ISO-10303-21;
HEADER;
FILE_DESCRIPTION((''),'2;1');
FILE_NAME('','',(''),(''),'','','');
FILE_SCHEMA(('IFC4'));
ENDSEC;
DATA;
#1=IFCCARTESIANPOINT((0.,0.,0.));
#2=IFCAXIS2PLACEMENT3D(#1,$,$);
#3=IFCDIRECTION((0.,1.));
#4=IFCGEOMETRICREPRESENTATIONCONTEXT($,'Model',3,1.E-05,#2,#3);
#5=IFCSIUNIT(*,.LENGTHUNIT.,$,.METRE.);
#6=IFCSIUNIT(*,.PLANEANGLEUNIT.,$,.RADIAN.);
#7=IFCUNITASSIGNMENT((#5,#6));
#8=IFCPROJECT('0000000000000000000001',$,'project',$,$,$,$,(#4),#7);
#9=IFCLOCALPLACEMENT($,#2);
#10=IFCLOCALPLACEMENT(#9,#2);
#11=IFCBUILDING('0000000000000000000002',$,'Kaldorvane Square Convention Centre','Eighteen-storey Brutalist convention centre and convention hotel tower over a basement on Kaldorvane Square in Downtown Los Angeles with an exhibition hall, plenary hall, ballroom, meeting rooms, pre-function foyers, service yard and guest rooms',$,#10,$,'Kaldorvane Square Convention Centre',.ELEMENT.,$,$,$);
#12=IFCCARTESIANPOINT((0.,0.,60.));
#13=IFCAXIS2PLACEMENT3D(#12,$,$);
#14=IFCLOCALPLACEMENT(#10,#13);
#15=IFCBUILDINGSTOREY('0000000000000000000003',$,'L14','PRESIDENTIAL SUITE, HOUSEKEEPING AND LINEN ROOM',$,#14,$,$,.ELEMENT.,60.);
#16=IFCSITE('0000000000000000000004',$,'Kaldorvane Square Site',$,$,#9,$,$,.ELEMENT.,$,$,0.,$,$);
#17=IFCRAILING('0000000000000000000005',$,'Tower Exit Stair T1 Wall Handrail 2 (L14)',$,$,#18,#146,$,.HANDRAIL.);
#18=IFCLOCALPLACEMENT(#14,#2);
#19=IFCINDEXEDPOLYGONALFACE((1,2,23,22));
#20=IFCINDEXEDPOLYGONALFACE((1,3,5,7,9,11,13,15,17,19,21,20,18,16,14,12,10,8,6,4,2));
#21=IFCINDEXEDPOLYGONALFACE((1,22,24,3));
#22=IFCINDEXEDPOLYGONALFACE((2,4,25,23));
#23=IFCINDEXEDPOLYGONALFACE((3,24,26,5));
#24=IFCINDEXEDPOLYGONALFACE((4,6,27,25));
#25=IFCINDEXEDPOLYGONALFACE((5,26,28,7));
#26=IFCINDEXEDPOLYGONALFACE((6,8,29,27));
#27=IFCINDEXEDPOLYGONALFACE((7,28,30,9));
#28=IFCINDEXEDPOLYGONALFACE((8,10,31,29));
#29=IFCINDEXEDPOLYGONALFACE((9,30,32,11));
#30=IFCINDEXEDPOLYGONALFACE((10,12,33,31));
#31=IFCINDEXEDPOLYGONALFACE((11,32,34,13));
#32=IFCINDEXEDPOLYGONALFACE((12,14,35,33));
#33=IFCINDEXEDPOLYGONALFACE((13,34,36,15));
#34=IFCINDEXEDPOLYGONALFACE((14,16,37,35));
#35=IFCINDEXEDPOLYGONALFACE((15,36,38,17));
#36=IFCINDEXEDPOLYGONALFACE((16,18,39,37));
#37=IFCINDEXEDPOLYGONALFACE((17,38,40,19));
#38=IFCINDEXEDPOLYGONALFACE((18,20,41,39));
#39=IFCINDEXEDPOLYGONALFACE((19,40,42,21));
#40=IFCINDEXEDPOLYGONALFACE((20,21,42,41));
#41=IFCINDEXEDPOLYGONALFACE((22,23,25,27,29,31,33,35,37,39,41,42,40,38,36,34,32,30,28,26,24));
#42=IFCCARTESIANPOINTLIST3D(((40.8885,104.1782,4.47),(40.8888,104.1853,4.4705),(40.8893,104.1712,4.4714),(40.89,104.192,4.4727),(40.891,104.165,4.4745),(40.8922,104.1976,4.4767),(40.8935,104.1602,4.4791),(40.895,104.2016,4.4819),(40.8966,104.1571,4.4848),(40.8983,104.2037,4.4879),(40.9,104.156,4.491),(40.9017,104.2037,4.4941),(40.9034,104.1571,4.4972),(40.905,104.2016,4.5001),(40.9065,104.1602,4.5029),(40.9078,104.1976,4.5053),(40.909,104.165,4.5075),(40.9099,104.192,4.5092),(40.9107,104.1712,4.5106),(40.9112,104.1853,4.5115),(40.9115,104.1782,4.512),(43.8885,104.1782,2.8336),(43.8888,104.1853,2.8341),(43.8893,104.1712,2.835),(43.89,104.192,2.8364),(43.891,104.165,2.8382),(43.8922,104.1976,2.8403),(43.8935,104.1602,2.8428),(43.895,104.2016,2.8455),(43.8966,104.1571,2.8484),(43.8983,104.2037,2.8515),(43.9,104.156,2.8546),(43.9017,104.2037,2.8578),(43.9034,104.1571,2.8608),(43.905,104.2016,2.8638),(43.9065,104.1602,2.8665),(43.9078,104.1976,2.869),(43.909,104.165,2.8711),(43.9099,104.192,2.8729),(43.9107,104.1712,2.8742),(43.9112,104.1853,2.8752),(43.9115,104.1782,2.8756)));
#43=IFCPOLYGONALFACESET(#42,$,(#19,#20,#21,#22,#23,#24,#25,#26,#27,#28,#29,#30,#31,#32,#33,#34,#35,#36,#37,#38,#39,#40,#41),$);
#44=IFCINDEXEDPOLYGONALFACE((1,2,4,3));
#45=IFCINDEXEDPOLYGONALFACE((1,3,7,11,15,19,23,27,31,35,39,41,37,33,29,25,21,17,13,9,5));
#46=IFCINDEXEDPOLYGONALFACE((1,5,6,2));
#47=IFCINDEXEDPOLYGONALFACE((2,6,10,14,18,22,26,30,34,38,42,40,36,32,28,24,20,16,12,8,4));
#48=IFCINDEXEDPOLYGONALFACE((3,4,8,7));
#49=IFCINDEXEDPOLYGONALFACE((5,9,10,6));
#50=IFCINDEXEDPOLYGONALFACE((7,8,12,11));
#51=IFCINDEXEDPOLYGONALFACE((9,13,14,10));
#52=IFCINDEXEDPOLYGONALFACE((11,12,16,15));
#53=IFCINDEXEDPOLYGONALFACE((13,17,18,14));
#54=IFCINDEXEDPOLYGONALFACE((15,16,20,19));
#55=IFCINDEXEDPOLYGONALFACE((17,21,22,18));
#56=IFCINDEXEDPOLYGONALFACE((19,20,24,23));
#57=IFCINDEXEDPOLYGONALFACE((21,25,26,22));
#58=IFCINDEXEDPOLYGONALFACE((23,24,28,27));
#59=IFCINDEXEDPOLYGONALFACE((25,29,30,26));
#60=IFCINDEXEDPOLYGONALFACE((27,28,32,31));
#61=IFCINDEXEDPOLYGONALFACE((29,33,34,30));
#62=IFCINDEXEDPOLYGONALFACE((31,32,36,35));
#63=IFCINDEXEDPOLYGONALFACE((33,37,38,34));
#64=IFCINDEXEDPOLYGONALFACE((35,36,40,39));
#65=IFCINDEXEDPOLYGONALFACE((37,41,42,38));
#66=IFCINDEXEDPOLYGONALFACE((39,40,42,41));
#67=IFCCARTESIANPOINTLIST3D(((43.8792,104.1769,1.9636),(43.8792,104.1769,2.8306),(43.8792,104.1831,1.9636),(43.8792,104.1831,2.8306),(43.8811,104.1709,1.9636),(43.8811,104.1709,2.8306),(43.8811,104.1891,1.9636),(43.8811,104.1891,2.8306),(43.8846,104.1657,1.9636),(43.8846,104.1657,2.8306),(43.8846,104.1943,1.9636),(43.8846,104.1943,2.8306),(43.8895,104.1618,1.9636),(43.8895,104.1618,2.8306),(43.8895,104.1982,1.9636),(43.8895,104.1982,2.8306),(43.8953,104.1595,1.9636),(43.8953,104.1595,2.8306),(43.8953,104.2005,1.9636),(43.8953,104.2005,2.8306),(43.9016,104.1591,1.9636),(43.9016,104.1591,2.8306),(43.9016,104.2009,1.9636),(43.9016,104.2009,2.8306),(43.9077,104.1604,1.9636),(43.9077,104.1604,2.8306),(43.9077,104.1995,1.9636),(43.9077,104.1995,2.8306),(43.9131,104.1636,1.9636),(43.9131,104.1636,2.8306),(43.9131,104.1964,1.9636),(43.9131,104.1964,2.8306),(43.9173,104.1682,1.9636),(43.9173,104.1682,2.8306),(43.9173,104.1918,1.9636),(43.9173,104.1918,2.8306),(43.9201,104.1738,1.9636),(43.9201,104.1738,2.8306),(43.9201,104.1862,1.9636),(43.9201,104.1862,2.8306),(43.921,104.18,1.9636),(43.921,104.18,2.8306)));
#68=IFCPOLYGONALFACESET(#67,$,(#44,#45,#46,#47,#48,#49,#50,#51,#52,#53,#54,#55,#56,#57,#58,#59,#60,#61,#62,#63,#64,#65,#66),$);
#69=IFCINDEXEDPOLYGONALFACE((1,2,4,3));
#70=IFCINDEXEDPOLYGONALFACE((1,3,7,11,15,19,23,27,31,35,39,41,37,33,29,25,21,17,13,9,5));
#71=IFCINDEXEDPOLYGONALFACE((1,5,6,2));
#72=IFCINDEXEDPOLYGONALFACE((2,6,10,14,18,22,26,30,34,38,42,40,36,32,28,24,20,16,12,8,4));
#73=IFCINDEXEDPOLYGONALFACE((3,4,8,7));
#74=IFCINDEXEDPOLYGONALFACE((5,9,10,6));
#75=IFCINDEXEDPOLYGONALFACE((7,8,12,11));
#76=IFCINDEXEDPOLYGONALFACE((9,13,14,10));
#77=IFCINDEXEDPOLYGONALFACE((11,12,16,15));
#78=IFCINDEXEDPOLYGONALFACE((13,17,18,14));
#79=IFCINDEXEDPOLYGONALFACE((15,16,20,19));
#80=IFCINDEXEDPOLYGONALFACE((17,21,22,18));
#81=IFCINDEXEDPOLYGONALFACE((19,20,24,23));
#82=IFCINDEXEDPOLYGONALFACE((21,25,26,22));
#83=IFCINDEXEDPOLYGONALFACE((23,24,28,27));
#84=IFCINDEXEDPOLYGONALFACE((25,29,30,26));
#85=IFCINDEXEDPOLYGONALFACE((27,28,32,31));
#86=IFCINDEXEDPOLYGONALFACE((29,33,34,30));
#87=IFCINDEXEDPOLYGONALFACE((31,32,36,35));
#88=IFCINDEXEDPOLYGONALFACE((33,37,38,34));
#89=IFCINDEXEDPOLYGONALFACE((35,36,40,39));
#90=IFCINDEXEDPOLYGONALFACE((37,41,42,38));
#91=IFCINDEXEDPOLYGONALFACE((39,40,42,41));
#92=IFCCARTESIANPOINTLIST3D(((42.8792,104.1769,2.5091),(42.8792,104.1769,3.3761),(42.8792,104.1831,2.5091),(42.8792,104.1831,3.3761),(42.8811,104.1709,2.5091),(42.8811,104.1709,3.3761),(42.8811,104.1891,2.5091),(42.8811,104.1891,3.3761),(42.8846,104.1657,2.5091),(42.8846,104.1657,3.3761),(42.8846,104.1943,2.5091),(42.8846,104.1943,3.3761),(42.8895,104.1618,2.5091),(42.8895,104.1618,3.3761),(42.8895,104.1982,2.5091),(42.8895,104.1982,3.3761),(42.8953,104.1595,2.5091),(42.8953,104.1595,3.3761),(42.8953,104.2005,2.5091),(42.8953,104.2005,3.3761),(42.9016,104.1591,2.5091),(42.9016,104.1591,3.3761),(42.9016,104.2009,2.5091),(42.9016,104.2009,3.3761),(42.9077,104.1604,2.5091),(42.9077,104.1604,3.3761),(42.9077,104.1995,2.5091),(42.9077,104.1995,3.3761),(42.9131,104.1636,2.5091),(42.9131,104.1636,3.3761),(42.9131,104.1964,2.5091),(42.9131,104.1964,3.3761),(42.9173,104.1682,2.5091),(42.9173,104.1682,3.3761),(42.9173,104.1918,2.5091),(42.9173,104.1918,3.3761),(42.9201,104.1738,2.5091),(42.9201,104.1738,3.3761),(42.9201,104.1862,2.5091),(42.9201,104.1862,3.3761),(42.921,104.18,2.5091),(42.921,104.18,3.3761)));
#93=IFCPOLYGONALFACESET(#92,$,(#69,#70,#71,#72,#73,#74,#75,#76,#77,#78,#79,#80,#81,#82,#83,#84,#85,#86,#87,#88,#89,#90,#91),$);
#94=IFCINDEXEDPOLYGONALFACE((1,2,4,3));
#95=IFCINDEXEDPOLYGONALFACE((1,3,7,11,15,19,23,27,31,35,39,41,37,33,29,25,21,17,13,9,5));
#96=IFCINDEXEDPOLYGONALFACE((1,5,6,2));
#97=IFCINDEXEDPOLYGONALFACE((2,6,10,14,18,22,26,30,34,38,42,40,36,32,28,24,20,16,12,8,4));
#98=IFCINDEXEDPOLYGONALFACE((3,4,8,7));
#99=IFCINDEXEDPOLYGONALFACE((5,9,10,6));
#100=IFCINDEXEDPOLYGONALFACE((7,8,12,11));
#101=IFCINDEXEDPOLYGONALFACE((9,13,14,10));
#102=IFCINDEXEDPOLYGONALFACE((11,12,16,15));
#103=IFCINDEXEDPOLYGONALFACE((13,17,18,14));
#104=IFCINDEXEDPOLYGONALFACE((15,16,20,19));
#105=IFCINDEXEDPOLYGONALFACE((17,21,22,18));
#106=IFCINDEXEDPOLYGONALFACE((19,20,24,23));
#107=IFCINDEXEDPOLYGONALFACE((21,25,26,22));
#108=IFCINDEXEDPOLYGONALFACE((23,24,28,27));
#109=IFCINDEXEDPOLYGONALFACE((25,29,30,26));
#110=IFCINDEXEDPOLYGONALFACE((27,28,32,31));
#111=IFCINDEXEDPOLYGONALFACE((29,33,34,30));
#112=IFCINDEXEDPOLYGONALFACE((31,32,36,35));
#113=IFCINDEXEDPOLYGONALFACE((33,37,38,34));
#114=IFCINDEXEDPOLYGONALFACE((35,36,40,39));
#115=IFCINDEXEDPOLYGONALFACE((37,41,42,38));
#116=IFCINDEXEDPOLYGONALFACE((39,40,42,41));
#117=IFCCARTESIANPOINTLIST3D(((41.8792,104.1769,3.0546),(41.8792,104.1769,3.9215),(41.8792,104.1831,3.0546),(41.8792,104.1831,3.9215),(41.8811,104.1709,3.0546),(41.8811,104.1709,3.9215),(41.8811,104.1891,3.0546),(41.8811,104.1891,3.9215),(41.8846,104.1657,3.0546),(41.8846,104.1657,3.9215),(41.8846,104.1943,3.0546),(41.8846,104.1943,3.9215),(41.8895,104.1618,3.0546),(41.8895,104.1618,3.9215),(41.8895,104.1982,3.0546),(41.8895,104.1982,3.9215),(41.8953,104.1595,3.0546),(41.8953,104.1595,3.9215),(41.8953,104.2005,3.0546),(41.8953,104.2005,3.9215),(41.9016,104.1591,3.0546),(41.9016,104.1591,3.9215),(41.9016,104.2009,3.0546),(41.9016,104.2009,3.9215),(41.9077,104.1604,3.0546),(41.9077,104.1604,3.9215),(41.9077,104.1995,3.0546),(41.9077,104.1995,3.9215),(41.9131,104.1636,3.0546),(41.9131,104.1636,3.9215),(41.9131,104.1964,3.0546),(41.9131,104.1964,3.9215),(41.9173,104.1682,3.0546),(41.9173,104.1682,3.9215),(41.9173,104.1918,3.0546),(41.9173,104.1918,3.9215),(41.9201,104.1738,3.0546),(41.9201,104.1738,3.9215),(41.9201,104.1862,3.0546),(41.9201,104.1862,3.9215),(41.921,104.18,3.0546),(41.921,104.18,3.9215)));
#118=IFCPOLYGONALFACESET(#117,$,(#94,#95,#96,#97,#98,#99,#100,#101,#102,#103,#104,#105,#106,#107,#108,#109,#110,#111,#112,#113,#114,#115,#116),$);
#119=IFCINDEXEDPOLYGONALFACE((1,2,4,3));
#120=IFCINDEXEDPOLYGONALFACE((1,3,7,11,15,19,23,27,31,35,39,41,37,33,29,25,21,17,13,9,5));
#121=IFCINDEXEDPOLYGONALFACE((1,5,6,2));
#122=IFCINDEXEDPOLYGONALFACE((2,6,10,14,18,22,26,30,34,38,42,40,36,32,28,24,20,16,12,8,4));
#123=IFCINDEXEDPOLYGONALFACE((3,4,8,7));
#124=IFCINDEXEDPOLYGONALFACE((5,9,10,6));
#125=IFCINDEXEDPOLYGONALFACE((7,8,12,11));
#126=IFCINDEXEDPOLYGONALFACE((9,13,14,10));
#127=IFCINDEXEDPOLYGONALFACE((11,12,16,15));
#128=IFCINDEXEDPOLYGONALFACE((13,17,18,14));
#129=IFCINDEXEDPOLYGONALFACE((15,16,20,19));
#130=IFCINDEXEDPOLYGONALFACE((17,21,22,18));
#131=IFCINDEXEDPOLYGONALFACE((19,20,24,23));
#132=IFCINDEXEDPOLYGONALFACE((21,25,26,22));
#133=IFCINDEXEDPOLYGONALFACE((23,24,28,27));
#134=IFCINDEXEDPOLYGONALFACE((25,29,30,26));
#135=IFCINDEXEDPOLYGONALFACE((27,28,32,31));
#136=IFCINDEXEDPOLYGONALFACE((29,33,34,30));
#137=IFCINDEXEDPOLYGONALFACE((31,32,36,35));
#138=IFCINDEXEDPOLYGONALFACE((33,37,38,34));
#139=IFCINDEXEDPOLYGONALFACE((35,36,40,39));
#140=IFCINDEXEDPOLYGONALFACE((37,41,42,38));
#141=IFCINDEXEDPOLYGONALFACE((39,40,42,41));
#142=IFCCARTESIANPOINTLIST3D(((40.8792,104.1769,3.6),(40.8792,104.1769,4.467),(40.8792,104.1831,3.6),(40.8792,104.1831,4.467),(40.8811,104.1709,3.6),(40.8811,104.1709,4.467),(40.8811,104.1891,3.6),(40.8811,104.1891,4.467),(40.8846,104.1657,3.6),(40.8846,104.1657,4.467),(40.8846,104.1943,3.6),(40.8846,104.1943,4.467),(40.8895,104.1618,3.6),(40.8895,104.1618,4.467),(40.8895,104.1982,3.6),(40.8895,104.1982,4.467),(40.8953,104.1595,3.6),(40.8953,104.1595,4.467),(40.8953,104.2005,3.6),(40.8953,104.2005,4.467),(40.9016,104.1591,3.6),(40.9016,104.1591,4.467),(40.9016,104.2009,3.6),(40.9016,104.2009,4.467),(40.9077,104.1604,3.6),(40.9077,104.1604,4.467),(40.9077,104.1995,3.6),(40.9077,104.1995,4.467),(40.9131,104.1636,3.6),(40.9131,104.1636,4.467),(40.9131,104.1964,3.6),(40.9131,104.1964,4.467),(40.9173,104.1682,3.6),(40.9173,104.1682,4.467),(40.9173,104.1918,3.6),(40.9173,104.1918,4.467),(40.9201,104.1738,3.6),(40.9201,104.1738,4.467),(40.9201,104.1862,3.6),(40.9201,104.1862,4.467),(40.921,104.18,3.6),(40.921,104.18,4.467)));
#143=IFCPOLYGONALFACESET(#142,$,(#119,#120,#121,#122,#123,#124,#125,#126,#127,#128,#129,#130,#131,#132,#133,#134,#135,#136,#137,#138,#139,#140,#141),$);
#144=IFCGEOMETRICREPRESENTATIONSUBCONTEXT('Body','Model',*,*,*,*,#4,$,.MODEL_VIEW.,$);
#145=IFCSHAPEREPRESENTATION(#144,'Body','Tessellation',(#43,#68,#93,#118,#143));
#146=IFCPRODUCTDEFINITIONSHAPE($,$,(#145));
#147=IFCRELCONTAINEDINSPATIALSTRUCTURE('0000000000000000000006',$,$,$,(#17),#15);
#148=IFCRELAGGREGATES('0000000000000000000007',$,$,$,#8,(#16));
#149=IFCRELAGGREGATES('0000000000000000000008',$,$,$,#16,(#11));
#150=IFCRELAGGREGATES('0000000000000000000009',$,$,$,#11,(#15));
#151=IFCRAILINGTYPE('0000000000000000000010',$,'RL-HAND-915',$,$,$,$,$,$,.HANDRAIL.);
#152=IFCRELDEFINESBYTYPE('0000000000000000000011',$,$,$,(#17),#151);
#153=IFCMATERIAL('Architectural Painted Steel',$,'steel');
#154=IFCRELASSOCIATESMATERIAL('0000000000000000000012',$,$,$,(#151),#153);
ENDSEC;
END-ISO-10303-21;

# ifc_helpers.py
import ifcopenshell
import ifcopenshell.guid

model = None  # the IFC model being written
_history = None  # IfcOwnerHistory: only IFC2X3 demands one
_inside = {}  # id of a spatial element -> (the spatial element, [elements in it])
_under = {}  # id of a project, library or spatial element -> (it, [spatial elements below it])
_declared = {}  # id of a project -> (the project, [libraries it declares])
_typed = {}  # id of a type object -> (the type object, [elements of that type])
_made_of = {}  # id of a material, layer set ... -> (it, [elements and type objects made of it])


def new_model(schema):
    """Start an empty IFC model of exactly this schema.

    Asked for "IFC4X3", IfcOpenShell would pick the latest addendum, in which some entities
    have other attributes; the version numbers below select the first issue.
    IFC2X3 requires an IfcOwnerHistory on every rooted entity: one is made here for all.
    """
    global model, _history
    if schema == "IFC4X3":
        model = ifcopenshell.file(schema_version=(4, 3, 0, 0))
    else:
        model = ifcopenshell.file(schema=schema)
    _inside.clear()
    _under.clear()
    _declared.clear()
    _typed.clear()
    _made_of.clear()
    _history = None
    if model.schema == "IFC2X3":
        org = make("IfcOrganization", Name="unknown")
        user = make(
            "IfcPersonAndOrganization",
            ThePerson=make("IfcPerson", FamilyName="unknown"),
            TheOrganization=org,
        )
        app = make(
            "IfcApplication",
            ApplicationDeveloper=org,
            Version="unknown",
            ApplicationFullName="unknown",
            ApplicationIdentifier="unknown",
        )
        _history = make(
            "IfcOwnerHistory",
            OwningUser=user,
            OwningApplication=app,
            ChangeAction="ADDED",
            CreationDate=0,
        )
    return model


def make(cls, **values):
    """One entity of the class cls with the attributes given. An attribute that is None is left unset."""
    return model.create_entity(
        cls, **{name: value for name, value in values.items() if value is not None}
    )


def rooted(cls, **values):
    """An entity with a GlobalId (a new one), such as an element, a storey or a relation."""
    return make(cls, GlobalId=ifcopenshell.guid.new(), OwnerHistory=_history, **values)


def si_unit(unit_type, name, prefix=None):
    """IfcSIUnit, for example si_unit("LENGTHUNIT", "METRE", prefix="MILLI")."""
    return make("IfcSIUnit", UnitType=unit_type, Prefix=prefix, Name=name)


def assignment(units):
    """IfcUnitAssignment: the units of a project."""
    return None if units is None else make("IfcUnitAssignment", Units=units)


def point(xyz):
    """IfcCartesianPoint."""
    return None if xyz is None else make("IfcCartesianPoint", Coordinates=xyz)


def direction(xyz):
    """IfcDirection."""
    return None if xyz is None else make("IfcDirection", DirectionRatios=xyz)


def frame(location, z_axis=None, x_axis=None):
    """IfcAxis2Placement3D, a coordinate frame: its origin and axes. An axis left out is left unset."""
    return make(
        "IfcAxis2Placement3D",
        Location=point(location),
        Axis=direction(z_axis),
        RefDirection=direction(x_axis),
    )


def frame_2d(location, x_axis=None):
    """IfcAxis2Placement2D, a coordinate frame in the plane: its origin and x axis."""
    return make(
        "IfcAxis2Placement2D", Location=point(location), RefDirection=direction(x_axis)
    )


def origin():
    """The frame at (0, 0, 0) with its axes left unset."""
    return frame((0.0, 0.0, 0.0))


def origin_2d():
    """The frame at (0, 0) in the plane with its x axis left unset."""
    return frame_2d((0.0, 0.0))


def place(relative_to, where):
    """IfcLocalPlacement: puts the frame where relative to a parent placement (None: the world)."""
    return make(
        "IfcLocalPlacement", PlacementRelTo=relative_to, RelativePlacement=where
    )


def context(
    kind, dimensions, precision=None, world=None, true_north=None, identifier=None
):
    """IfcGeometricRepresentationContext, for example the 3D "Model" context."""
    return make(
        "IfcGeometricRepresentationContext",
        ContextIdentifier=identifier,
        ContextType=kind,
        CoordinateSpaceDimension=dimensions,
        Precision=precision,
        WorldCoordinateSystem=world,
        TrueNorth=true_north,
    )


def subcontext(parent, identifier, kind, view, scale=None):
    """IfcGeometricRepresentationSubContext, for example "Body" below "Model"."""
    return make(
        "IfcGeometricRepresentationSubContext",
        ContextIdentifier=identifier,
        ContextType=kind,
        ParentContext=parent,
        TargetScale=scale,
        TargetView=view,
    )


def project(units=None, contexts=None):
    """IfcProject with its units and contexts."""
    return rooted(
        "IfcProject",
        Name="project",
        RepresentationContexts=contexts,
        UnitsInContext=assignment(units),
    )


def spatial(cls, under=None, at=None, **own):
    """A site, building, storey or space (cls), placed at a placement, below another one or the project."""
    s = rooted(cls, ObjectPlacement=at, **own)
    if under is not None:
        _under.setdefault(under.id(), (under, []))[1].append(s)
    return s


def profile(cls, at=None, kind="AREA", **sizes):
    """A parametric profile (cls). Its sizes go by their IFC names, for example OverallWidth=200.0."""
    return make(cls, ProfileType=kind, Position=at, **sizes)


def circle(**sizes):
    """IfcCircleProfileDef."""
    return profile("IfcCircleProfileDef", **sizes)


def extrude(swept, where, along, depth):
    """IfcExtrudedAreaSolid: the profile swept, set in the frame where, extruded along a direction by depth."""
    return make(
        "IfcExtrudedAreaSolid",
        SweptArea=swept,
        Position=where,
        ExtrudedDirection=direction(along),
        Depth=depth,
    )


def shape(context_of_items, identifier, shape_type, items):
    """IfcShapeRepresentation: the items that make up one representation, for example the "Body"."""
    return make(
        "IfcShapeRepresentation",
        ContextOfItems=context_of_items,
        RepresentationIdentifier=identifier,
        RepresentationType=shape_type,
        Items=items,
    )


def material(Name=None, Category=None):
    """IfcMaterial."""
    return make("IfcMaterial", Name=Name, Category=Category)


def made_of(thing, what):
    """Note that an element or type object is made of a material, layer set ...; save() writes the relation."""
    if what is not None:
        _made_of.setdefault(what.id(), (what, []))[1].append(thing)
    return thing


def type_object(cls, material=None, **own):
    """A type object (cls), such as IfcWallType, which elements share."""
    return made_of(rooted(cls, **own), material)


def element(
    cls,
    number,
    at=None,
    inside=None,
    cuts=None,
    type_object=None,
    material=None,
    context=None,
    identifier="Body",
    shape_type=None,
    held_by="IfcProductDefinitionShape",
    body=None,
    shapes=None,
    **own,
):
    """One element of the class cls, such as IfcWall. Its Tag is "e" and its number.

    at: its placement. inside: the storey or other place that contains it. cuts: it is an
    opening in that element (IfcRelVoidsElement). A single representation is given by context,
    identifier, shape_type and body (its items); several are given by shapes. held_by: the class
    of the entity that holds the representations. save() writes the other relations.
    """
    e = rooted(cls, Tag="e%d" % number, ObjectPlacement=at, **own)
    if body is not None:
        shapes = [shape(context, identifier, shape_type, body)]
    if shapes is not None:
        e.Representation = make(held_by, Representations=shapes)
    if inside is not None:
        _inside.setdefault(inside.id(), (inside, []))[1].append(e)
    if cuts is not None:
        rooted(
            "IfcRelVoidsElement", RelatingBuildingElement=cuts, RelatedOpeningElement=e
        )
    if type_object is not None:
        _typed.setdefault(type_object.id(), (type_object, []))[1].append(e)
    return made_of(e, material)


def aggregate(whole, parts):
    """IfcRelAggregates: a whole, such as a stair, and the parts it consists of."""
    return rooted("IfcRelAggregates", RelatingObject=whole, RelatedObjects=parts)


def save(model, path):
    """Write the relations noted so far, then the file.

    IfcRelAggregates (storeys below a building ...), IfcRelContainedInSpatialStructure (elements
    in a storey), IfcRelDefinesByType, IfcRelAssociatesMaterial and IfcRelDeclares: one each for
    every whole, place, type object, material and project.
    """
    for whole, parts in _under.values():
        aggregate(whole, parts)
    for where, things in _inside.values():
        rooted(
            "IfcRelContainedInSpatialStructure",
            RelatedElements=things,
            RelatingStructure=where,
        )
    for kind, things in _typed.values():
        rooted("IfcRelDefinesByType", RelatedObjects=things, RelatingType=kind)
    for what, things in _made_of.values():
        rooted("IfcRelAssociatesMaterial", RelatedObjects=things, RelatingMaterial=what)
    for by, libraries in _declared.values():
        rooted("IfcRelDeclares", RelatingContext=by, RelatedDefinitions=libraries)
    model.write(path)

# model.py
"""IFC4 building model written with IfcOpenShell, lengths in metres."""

from ifc_helpers import new_model, si_unit, direction, frame, origin, origin_2d, place, context, subcontext, project, spatial, circle, extrude, material, type_object, element, save


model = new_model("IFC4")

# Units and contexts
model_context = context("Model", 3, precision=1e-05, world=origin(), true_north=direction((0.0, 1.0)))
body_context = subcontext(model_context, "Body", "Model", "MODEL_VIEW")
ifc_project = project(units=[si_unit("LENGTHUNIT", "METRE"), si_unit("PLANEANGLEUNIT", "RADIAN")], contexts=[model_context])

# Site, building, storey
site_placement = place(None, origin())
site = spatial("IfcSite", under=ifc_project, at=site_placement, Name="Kaldorvane Square Site", CompositionType="ELEMENT", RefElevation=0.0)
building_placement = place(site_placement, origin())
building = spatial("IfcBuilding", under=site, at=building_placement, Name="Kaldorvane Square Convention Centre", Description="Eighteen-storey Brutalist convention centre and convention hotel tower over a basement on Kaldorvane Square in Downtown Los Angeles with an exhibition hall, plenary hall, ballroom, meeting rooms, pre-function foyers, service yard and guest rooms", LongName="Kaldorvane Square Convention Centre", CompositionType="ELEMENT")
storey_placement = place(building_placement, frame((0.0, 0.0, 60.0)))
storey = spatial("IfcBuildingStorey", under=building, at=storey_placement, Name="L14", Description="PRESIDENTIAL SUITE, HOUSEKEEPING AND LINEN ROOM", CompositionType="ELEMENT", Elevation=60.0)

# Railing
ifc_material_1 = material(Name="Architectural Painted Steel", Category="steel")
railing_type_1 = type_object("IfcRailingType", Name="RL-HAND-915", PredefinedType="HANDRAIL", material=ifc_material_1)
railing_1_placement = place(storey_placement, frame((43.9, 104.18, 1.9636)))
element("IfcRailing", 1, at=railing_1_placement, inside=storey, type_object=railing_type_1, Name="Tower Exit Stair T1 Wall Handrail 2 (L14)", PredefinedType="HANDRAIL", context=body_context, shape_type="SweptSolid", body=[
    extrude(circle(Radius=0.024, at=origin_2d()), frame((0.0, 0.0, 0.891), z_axis=(-0.877895, 0.0, 0.478853), x_axis=(0.0, -1.0, 0.0)), (0.0, 0.0, 1.0), 3.4173),
    extrude(circle(Radius=0.021, at=origin_2d()), origin(), (0.0, 0.0, 1.0), 0.867),
    extrude(circle(Radius=0.021, at=origin_2d()), frame((-1.0, 0.0, 0.5455)), (0.0, 0.0, 1.0), 0.867),
    extrude(circle(Radius=0.021, at=origin_2d()), frame((-2.0, 0.0, 1.0909)), (0.0, 0.0, 1.0), 0.867),
    extrude(circle(Radius=0.021, at=origin_2d()), frame((-3.0, 0.0, 1.6364)), (0.0, 0.0, 1.0), 0.867),
])

save(model, "model.ifc")
